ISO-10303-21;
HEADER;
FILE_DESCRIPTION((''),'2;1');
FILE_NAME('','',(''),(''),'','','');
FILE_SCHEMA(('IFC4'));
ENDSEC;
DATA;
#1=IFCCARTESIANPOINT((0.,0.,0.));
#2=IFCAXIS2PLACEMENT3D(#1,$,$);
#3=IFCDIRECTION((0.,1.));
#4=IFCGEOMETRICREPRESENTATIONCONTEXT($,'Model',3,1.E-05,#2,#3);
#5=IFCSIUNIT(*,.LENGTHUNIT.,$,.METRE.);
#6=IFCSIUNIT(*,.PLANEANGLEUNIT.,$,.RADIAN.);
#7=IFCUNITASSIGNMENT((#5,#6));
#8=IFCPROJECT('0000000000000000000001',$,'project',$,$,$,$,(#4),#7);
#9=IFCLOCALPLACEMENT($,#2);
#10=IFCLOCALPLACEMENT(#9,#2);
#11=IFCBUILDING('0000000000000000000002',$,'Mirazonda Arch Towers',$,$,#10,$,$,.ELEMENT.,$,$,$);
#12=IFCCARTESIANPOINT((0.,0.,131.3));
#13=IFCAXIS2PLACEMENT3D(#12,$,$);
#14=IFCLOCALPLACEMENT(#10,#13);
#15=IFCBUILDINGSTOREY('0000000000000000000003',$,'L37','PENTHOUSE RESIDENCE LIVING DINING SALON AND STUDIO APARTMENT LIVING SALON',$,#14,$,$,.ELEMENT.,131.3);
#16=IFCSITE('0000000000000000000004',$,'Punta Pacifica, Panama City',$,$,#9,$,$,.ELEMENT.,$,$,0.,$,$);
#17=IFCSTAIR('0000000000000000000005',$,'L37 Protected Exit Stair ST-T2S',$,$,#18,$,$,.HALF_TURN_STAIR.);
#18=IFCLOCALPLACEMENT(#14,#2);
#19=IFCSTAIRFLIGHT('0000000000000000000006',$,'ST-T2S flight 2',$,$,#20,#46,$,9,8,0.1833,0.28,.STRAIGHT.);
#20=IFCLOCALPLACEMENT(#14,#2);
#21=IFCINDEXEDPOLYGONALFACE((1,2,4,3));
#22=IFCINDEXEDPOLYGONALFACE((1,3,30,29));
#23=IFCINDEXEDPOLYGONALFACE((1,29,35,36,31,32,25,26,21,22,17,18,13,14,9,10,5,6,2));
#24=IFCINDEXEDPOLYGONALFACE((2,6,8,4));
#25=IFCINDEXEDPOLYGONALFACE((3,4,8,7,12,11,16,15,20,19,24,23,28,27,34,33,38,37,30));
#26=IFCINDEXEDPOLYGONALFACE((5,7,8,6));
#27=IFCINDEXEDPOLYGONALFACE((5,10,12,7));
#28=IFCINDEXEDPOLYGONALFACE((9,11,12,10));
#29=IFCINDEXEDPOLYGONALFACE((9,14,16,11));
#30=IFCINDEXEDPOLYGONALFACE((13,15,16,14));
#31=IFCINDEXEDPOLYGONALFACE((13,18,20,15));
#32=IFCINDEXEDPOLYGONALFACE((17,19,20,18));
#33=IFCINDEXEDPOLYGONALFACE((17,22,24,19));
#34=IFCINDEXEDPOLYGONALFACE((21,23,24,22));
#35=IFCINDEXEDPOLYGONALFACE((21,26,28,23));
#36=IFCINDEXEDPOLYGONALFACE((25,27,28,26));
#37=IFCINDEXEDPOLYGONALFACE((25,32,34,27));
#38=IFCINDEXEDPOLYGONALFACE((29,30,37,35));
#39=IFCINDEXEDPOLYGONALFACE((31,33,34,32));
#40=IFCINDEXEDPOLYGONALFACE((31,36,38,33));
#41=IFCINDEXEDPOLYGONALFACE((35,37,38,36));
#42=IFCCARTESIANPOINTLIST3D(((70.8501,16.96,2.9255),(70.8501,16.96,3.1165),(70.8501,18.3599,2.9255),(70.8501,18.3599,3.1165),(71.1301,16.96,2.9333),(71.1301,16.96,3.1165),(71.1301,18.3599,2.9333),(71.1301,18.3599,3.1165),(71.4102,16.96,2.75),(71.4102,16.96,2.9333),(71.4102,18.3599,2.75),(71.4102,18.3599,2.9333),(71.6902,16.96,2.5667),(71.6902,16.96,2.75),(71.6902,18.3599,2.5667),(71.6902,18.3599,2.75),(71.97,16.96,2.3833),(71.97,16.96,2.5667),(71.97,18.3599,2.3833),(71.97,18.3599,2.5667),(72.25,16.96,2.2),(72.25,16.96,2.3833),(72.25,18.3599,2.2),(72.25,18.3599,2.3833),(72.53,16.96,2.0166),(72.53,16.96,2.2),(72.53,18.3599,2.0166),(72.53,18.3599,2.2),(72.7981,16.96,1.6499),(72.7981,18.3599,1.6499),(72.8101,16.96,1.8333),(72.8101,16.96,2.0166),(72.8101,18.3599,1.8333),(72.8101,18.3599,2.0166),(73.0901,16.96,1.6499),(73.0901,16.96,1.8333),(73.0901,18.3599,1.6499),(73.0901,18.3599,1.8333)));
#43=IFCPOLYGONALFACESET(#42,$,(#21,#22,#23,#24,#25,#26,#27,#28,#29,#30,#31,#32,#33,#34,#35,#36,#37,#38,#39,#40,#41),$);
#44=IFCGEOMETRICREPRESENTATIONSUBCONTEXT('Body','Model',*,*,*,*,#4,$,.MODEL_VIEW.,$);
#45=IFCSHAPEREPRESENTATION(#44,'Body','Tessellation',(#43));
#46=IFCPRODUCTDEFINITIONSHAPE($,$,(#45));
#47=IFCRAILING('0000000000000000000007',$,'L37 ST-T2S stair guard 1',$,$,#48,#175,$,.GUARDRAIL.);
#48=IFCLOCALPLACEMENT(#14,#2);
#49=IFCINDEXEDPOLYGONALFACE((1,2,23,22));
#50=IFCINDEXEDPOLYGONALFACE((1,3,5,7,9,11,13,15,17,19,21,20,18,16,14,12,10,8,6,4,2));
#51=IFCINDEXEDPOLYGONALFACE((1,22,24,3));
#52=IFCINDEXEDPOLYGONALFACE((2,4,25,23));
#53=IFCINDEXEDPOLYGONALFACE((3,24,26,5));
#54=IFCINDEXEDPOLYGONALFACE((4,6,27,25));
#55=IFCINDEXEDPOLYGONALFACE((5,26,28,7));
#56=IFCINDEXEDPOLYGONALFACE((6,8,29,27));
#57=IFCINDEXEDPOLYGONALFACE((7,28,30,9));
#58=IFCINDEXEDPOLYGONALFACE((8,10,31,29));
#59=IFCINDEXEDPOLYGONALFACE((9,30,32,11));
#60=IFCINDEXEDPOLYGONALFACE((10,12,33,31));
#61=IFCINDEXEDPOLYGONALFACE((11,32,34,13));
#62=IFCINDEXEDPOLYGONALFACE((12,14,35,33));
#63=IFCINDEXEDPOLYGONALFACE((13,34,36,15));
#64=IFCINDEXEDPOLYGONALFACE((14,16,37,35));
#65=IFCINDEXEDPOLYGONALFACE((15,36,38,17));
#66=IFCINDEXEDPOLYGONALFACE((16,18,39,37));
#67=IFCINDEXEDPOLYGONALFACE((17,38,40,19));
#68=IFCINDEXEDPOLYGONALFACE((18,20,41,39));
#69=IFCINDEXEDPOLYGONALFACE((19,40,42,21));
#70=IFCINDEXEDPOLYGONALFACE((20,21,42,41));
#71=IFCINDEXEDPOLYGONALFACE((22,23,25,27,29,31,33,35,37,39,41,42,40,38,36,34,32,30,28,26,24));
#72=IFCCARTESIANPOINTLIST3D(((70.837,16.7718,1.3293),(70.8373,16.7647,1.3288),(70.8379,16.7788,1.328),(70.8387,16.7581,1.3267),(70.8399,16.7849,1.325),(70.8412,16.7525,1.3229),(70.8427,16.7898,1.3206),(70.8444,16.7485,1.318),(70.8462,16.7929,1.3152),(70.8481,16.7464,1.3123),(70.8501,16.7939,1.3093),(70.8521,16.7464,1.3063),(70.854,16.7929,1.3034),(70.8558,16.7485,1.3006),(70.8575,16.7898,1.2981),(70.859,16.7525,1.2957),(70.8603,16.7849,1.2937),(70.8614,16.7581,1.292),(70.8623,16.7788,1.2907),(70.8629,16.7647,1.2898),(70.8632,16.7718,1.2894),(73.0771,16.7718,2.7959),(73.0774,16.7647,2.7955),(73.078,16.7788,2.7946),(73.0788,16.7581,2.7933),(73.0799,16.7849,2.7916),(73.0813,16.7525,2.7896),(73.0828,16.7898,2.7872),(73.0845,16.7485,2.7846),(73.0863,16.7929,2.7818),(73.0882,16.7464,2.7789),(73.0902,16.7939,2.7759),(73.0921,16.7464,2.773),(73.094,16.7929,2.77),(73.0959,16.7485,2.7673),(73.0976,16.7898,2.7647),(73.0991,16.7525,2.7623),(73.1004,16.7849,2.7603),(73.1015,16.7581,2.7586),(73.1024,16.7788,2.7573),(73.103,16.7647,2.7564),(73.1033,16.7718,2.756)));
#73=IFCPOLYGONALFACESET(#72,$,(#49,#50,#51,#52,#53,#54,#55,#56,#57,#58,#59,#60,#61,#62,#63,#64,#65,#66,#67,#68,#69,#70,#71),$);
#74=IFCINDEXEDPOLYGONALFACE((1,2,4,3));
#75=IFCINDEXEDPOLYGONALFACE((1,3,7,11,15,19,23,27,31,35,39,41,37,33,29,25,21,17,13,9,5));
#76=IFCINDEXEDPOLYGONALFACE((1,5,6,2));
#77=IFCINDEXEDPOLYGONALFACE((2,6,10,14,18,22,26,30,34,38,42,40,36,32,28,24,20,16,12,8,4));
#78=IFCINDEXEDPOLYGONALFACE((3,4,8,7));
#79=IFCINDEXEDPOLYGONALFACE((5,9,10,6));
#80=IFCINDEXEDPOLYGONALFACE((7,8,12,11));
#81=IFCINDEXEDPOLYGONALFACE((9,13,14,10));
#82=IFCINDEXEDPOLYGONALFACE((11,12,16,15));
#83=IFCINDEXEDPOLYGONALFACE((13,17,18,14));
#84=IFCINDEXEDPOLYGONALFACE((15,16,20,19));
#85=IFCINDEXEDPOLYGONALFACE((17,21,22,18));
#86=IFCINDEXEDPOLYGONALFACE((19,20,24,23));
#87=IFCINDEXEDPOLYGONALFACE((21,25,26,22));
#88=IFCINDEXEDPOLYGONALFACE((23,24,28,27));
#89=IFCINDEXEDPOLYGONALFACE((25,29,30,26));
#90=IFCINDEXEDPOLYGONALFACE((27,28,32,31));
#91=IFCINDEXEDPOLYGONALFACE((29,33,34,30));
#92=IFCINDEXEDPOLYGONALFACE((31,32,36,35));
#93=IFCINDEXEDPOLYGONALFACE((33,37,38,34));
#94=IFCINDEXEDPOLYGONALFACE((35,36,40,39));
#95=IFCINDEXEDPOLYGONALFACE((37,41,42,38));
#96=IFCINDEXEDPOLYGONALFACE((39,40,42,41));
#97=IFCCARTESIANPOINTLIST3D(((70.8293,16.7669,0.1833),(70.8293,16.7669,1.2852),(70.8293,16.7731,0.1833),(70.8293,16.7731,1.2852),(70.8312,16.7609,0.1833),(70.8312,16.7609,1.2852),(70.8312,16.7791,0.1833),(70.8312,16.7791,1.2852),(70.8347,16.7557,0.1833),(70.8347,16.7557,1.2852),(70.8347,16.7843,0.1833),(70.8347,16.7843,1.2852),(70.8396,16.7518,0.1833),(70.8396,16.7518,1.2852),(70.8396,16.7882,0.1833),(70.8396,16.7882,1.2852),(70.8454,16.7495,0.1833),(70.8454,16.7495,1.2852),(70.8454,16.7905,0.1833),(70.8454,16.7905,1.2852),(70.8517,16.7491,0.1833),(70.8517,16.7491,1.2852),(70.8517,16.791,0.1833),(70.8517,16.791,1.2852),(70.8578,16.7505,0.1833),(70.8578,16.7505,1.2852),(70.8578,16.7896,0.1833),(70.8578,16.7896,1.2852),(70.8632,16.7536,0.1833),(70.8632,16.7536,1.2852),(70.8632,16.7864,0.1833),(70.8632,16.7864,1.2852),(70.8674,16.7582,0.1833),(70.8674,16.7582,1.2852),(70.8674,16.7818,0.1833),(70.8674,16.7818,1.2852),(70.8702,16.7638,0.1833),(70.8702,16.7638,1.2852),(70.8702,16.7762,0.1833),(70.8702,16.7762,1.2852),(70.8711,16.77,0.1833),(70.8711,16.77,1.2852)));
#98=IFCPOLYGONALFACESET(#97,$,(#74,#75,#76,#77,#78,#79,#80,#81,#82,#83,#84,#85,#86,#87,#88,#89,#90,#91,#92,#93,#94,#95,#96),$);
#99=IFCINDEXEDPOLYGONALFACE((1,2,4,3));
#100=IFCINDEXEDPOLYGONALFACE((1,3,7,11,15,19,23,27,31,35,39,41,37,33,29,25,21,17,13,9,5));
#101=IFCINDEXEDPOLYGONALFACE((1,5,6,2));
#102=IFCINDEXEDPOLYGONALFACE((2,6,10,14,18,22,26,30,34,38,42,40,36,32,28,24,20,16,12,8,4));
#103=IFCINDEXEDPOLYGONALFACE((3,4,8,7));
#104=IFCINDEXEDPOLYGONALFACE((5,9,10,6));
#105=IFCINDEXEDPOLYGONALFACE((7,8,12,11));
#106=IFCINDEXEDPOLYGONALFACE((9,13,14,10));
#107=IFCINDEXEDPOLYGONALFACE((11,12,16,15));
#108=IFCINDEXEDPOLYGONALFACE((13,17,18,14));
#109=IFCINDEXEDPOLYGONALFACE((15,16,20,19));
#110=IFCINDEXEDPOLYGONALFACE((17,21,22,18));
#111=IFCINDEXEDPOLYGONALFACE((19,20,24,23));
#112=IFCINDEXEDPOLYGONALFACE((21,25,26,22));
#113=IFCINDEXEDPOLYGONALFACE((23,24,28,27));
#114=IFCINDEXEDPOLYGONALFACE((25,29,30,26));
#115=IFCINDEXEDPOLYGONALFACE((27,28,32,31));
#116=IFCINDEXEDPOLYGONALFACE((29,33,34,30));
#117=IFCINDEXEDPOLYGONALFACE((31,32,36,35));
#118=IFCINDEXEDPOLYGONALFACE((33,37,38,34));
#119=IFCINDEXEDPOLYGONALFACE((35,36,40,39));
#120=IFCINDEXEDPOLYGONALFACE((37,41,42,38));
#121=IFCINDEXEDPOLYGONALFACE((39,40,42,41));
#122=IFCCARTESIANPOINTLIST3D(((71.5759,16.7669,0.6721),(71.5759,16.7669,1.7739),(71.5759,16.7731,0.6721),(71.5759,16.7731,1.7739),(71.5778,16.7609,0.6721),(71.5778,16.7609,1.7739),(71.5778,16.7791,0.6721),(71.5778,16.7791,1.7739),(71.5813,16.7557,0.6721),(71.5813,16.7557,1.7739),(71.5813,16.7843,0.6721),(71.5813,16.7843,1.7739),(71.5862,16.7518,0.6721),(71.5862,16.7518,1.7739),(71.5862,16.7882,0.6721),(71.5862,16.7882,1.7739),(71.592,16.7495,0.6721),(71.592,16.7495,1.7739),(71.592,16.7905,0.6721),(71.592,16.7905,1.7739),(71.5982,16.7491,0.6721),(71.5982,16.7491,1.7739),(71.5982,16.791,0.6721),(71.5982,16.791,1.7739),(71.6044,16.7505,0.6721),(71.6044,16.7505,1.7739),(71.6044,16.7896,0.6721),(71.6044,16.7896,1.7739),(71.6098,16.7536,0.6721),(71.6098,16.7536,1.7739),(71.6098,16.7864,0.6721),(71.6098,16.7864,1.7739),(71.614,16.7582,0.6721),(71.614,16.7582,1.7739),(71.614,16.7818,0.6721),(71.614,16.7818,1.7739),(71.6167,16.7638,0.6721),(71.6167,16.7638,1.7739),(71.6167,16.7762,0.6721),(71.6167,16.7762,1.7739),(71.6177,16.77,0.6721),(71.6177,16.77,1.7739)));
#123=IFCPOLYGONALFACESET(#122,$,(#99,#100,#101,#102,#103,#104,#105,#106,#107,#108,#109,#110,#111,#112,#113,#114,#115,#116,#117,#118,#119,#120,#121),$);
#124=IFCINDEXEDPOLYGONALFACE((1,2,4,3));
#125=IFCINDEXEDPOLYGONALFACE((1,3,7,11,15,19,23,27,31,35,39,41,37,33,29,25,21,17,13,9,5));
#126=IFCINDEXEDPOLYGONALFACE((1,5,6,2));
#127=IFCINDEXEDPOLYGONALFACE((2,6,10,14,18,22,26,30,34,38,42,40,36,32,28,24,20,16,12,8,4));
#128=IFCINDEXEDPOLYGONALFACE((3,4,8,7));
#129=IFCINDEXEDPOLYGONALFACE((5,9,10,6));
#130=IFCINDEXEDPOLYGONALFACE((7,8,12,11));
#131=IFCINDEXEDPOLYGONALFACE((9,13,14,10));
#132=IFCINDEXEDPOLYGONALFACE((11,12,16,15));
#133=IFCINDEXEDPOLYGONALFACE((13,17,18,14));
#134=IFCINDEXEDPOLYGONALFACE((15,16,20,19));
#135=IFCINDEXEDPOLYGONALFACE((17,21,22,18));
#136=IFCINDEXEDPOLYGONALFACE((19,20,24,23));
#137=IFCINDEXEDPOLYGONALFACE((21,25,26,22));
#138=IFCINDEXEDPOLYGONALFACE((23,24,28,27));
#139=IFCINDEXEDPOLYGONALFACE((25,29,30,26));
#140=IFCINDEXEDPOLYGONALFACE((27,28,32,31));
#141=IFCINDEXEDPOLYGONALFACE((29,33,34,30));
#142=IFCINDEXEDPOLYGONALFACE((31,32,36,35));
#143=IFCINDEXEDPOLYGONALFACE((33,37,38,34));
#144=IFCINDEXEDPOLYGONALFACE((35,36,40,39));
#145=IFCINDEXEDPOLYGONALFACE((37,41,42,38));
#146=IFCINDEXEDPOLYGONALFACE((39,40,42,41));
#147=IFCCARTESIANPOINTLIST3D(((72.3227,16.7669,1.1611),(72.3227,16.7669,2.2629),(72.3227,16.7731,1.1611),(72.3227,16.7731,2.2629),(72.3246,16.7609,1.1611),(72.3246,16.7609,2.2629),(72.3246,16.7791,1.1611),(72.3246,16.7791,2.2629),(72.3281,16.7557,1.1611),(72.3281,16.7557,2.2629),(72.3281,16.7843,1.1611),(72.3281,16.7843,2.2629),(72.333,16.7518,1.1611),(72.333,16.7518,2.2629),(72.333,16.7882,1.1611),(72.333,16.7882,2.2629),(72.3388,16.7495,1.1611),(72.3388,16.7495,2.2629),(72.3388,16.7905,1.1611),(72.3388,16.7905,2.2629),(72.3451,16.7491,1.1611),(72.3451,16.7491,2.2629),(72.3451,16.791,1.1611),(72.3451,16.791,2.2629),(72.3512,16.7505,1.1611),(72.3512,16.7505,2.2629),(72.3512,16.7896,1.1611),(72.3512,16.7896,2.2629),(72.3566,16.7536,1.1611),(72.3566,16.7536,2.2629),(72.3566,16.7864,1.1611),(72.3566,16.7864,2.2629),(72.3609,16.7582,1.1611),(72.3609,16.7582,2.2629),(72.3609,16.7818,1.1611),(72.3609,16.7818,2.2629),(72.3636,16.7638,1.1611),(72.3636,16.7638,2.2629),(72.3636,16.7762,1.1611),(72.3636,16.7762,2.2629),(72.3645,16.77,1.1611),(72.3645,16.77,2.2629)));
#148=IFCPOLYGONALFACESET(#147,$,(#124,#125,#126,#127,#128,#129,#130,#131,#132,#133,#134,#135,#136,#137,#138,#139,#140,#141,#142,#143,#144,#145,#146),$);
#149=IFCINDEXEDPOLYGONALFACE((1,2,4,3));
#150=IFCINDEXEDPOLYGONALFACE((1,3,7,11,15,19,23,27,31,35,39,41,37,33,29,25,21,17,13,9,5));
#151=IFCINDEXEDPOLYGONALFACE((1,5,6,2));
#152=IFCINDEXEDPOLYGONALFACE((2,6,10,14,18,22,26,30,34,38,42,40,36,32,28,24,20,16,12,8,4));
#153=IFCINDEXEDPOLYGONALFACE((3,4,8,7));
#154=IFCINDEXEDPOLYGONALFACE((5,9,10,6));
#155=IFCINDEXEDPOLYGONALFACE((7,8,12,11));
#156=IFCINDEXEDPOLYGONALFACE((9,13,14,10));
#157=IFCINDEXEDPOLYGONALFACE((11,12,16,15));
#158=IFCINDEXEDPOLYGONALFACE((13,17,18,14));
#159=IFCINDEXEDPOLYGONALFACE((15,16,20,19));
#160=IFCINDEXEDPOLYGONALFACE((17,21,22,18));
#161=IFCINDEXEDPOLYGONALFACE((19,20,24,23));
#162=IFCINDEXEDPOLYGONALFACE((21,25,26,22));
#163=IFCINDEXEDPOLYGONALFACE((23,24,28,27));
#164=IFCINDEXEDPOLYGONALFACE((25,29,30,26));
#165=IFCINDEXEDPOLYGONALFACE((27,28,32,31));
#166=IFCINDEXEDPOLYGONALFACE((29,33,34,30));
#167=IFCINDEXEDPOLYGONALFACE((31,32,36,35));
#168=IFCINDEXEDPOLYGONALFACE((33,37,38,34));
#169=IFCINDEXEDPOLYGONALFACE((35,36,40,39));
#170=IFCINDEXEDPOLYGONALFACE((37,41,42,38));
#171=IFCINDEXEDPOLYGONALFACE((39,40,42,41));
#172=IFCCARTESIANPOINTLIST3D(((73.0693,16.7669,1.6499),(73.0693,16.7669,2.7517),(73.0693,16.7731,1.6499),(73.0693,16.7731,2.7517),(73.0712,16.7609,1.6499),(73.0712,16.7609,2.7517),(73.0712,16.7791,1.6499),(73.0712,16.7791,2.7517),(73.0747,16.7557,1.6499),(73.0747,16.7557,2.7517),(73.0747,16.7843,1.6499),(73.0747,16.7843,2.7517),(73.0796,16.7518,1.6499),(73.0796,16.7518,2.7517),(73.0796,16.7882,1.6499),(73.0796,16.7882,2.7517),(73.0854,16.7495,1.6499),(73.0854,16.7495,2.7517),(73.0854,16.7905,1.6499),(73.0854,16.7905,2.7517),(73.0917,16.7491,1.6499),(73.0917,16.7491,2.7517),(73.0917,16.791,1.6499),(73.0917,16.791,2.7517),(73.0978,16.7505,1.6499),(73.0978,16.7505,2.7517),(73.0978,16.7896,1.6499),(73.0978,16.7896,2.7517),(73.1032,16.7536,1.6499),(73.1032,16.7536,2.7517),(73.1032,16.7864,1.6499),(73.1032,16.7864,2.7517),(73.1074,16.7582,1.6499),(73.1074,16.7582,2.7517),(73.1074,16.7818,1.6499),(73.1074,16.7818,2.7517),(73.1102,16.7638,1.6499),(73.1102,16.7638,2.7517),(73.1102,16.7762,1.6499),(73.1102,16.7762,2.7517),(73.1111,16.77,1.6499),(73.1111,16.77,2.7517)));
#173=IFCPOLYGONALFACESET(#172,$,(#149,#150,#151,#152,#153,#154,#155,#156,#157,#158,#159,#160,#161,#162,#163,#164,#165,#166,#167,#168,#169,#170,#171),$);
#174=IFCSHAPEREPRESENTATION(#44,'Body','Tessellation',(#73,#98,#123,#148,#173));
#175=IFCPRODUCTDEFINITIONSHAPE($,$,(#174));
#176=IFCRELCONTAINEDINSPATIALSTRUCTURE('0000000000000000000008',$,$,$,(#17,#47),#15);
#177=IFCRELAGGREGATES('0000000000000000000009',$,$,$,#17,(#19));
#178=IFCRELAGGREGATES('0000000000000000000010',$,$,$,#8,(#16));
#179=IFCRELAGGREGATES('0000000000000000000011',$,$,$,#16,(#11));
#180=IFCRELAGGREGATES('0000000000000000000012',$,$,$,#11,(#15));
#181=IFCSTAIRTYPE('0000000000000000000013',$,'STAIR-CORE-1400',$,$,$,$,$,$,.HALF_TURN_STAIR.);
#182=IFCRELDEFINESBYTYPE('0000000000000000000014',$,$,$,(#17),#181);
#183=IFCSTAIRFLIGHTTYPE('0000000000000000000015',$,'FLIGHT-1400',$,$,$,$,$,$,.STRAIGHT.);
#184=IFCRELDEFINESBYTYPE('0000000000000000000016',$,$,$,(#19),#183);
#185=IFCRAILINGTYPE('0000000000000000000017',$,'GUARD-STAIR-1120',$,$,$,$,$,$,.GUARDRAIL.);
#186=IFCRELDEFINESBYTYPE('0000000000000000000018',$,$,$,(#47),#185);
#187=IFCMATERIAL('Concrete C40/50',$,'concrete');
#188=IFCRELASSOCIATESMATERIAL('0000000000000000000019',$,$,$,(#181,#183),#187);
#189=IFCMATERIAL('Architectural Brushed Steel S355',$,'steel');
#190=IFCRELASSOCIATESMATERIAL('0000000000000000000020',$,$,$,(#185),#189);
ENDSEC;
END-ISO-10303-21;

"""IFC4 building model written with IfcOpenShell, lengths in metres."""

from ifc_helpers import new_model, si_unit, direction, frame, origin, origin_2d, place, context, subcontext, project, spatial, polyline, circle, outline, extrude, material, type_object, element, aggregate, save


model = new_model("IFC4")

# Units and contexts
model_context = context("Model", 3, precision=1e-05, world=origin(), true_north=direction((0.0, 1.0)))
body_context = subcontext(model_context, "Body", "Model", "MODEL_VIEW")
ifc_project = project(units=[si_unit("LENGTHUNIT", "METRE"), si_unit("PLANEANGLEUNIT", "RADIAN")], contexts=[model_context])

# Site, building, storey
site_placement = place(None, origin())
site = spatial("IfcSite", under=ifc_project, at=site_placement, Name="Punta Pacifica, Panama City", CompositionType="ELEMENT", RefElevation=0.0)
building_placement = place(site_placement, origin())
building = spatial("IfcBuilding", under=site, at=building_placement, Name="Mirazonda Arch Towers", CompositionType="ELEMENT")
storey_placement = place(building_placement, frame((0.0, 0.0, 131.3)))
storey = spatial("IfcBuildingStorey", under=building, at=storey_placement, Name="L37", Description="PENTHOUSE RESIDENCE LIVING DINING SALON AND STUDIO APARTMENT LIVING SALON", CompositionType="ELEMENT", Elevation=131.3)

# Shared definitions
ifc_material_1 = material(Name="Concrete C40/50", Category="concrete")

# Stair, stair flight
stair_type = type_object("IfcStairType", Name="STAIR-CORE-1400", PredefinedType="HALF_TURN_STAIR", material=ifc_material_1)
stair_placement = place(storey_placement, origin())
stair = element("IfcStair", 1, at=stair_placement, inside=storey, type_object=stair_type, Name="L37 Protected Exit Stair ST-T2S", PredefinedType="HALF_TURN_STAIR")
stair_flight_type = type_object("IfcStairFlightType", Name="FLIGHT-1400", PredefinedType="STRAIGHT", material=ifc_material_1)
stair_flight_1_placement = place(storey_placement, frame((73.0901, 17.6599, 1.6499), z_axis=(0.0, 0.0, 1.0), x_axis=(-1.0, 0.0, 0.0)))
stair_flight_1 = element("IfcStairFlight", 2, at=stair_flight_1_placement, type_object=stair_flight_type, Name="ST-T2S flight 2", NumberOfRisers=9, NumberOfTreads=8, PredefinedType="STRAIGHT", RiserHeight=0.1833, TreadLength=0.28, context=body_context, shape_type="SweptSolid", body=[
    extrude(outline(polyline([(0.0, 0.0), (0.0, 0.1833), (0.28, 0.1833), (0.28, 0.3667), (0.5601, 0.3667), (0.5601, 0.55), (0.8401, 0.55), (0.8401, 0.7334), (1.1201, 0.7334), (1.1201, 0.9167), (1.3999, 0.9167), (1.3999, 1.1001), (1.6799, 1.1001), (1.6799, 1.2834), (1.96, 1.2834), (1.96, 1.4666), (2.24, 1.4666), (2.24, 1.6499), (2.24, 1.2756), (0.292, 0.0), (0.0, 0.0)])), frame((0.0, 0.7, 0.0), z_axis=(0.0, -1.0, 0.0), x_axis=(1.0, 0.0, 0.0)), (0.0, 0.0, 1.0), 1.3999),
])
aggregate(stair, [stair_flight_1])

# Railing
ifc_material_2 = material(Name="Architectural Brushed Steel S355", Category="steel")
railing_type_1 = type_object("IfcRailingType", Name="GUARD-STAIR-1120", PredefinedType="GUARDRAIL", material=ifc_material_2)
railing_1_placement = place(storey_placement, frame((70.8501, 16.77, 0.1833)))
element("IfcRailing", 3, at=railing_1_placement, inside=storey, type_object=railing_type_1, Name="L37 ST-T2S stair guard 1", PredefinedType="GUARDRAIL", context=body_context, shape_type="SweptSolid", body=[
    extrude(circle(Radius=0.0239, at=origin_2d()), frame((0.0, 0.0, 1.126), z_axis=(0.836637, 0.0, 0.547758), x_axis=(0.0, 1.0, 0.0)), (0.0, 0.0, 1.0), 2.6775),
    extrude(circle(Radius=0.021, at=origin_2d()), origin(), (0.0, 0.0, 1.0), 1.1018),
    extrude(circle(Radius=0.021, at=origin_2d()), frame((0.7466, 0.0, 0.4888)), (0.0, 0.0, 1.0), 1.1018),
    extrude(circle(Radius=0.021, at=origin_2d()), frame((1.4934, 0.0, 0.9778)), (0.0, 0.0, 1.0), 1.1018),
    extrude(circle(Radius=0.021, at=origin_2d()), frame((2.24, 0.0, 1.4666)), (0.0, 0.0, 1.0), 1.1018),
])

save(model, "model.ifc")
